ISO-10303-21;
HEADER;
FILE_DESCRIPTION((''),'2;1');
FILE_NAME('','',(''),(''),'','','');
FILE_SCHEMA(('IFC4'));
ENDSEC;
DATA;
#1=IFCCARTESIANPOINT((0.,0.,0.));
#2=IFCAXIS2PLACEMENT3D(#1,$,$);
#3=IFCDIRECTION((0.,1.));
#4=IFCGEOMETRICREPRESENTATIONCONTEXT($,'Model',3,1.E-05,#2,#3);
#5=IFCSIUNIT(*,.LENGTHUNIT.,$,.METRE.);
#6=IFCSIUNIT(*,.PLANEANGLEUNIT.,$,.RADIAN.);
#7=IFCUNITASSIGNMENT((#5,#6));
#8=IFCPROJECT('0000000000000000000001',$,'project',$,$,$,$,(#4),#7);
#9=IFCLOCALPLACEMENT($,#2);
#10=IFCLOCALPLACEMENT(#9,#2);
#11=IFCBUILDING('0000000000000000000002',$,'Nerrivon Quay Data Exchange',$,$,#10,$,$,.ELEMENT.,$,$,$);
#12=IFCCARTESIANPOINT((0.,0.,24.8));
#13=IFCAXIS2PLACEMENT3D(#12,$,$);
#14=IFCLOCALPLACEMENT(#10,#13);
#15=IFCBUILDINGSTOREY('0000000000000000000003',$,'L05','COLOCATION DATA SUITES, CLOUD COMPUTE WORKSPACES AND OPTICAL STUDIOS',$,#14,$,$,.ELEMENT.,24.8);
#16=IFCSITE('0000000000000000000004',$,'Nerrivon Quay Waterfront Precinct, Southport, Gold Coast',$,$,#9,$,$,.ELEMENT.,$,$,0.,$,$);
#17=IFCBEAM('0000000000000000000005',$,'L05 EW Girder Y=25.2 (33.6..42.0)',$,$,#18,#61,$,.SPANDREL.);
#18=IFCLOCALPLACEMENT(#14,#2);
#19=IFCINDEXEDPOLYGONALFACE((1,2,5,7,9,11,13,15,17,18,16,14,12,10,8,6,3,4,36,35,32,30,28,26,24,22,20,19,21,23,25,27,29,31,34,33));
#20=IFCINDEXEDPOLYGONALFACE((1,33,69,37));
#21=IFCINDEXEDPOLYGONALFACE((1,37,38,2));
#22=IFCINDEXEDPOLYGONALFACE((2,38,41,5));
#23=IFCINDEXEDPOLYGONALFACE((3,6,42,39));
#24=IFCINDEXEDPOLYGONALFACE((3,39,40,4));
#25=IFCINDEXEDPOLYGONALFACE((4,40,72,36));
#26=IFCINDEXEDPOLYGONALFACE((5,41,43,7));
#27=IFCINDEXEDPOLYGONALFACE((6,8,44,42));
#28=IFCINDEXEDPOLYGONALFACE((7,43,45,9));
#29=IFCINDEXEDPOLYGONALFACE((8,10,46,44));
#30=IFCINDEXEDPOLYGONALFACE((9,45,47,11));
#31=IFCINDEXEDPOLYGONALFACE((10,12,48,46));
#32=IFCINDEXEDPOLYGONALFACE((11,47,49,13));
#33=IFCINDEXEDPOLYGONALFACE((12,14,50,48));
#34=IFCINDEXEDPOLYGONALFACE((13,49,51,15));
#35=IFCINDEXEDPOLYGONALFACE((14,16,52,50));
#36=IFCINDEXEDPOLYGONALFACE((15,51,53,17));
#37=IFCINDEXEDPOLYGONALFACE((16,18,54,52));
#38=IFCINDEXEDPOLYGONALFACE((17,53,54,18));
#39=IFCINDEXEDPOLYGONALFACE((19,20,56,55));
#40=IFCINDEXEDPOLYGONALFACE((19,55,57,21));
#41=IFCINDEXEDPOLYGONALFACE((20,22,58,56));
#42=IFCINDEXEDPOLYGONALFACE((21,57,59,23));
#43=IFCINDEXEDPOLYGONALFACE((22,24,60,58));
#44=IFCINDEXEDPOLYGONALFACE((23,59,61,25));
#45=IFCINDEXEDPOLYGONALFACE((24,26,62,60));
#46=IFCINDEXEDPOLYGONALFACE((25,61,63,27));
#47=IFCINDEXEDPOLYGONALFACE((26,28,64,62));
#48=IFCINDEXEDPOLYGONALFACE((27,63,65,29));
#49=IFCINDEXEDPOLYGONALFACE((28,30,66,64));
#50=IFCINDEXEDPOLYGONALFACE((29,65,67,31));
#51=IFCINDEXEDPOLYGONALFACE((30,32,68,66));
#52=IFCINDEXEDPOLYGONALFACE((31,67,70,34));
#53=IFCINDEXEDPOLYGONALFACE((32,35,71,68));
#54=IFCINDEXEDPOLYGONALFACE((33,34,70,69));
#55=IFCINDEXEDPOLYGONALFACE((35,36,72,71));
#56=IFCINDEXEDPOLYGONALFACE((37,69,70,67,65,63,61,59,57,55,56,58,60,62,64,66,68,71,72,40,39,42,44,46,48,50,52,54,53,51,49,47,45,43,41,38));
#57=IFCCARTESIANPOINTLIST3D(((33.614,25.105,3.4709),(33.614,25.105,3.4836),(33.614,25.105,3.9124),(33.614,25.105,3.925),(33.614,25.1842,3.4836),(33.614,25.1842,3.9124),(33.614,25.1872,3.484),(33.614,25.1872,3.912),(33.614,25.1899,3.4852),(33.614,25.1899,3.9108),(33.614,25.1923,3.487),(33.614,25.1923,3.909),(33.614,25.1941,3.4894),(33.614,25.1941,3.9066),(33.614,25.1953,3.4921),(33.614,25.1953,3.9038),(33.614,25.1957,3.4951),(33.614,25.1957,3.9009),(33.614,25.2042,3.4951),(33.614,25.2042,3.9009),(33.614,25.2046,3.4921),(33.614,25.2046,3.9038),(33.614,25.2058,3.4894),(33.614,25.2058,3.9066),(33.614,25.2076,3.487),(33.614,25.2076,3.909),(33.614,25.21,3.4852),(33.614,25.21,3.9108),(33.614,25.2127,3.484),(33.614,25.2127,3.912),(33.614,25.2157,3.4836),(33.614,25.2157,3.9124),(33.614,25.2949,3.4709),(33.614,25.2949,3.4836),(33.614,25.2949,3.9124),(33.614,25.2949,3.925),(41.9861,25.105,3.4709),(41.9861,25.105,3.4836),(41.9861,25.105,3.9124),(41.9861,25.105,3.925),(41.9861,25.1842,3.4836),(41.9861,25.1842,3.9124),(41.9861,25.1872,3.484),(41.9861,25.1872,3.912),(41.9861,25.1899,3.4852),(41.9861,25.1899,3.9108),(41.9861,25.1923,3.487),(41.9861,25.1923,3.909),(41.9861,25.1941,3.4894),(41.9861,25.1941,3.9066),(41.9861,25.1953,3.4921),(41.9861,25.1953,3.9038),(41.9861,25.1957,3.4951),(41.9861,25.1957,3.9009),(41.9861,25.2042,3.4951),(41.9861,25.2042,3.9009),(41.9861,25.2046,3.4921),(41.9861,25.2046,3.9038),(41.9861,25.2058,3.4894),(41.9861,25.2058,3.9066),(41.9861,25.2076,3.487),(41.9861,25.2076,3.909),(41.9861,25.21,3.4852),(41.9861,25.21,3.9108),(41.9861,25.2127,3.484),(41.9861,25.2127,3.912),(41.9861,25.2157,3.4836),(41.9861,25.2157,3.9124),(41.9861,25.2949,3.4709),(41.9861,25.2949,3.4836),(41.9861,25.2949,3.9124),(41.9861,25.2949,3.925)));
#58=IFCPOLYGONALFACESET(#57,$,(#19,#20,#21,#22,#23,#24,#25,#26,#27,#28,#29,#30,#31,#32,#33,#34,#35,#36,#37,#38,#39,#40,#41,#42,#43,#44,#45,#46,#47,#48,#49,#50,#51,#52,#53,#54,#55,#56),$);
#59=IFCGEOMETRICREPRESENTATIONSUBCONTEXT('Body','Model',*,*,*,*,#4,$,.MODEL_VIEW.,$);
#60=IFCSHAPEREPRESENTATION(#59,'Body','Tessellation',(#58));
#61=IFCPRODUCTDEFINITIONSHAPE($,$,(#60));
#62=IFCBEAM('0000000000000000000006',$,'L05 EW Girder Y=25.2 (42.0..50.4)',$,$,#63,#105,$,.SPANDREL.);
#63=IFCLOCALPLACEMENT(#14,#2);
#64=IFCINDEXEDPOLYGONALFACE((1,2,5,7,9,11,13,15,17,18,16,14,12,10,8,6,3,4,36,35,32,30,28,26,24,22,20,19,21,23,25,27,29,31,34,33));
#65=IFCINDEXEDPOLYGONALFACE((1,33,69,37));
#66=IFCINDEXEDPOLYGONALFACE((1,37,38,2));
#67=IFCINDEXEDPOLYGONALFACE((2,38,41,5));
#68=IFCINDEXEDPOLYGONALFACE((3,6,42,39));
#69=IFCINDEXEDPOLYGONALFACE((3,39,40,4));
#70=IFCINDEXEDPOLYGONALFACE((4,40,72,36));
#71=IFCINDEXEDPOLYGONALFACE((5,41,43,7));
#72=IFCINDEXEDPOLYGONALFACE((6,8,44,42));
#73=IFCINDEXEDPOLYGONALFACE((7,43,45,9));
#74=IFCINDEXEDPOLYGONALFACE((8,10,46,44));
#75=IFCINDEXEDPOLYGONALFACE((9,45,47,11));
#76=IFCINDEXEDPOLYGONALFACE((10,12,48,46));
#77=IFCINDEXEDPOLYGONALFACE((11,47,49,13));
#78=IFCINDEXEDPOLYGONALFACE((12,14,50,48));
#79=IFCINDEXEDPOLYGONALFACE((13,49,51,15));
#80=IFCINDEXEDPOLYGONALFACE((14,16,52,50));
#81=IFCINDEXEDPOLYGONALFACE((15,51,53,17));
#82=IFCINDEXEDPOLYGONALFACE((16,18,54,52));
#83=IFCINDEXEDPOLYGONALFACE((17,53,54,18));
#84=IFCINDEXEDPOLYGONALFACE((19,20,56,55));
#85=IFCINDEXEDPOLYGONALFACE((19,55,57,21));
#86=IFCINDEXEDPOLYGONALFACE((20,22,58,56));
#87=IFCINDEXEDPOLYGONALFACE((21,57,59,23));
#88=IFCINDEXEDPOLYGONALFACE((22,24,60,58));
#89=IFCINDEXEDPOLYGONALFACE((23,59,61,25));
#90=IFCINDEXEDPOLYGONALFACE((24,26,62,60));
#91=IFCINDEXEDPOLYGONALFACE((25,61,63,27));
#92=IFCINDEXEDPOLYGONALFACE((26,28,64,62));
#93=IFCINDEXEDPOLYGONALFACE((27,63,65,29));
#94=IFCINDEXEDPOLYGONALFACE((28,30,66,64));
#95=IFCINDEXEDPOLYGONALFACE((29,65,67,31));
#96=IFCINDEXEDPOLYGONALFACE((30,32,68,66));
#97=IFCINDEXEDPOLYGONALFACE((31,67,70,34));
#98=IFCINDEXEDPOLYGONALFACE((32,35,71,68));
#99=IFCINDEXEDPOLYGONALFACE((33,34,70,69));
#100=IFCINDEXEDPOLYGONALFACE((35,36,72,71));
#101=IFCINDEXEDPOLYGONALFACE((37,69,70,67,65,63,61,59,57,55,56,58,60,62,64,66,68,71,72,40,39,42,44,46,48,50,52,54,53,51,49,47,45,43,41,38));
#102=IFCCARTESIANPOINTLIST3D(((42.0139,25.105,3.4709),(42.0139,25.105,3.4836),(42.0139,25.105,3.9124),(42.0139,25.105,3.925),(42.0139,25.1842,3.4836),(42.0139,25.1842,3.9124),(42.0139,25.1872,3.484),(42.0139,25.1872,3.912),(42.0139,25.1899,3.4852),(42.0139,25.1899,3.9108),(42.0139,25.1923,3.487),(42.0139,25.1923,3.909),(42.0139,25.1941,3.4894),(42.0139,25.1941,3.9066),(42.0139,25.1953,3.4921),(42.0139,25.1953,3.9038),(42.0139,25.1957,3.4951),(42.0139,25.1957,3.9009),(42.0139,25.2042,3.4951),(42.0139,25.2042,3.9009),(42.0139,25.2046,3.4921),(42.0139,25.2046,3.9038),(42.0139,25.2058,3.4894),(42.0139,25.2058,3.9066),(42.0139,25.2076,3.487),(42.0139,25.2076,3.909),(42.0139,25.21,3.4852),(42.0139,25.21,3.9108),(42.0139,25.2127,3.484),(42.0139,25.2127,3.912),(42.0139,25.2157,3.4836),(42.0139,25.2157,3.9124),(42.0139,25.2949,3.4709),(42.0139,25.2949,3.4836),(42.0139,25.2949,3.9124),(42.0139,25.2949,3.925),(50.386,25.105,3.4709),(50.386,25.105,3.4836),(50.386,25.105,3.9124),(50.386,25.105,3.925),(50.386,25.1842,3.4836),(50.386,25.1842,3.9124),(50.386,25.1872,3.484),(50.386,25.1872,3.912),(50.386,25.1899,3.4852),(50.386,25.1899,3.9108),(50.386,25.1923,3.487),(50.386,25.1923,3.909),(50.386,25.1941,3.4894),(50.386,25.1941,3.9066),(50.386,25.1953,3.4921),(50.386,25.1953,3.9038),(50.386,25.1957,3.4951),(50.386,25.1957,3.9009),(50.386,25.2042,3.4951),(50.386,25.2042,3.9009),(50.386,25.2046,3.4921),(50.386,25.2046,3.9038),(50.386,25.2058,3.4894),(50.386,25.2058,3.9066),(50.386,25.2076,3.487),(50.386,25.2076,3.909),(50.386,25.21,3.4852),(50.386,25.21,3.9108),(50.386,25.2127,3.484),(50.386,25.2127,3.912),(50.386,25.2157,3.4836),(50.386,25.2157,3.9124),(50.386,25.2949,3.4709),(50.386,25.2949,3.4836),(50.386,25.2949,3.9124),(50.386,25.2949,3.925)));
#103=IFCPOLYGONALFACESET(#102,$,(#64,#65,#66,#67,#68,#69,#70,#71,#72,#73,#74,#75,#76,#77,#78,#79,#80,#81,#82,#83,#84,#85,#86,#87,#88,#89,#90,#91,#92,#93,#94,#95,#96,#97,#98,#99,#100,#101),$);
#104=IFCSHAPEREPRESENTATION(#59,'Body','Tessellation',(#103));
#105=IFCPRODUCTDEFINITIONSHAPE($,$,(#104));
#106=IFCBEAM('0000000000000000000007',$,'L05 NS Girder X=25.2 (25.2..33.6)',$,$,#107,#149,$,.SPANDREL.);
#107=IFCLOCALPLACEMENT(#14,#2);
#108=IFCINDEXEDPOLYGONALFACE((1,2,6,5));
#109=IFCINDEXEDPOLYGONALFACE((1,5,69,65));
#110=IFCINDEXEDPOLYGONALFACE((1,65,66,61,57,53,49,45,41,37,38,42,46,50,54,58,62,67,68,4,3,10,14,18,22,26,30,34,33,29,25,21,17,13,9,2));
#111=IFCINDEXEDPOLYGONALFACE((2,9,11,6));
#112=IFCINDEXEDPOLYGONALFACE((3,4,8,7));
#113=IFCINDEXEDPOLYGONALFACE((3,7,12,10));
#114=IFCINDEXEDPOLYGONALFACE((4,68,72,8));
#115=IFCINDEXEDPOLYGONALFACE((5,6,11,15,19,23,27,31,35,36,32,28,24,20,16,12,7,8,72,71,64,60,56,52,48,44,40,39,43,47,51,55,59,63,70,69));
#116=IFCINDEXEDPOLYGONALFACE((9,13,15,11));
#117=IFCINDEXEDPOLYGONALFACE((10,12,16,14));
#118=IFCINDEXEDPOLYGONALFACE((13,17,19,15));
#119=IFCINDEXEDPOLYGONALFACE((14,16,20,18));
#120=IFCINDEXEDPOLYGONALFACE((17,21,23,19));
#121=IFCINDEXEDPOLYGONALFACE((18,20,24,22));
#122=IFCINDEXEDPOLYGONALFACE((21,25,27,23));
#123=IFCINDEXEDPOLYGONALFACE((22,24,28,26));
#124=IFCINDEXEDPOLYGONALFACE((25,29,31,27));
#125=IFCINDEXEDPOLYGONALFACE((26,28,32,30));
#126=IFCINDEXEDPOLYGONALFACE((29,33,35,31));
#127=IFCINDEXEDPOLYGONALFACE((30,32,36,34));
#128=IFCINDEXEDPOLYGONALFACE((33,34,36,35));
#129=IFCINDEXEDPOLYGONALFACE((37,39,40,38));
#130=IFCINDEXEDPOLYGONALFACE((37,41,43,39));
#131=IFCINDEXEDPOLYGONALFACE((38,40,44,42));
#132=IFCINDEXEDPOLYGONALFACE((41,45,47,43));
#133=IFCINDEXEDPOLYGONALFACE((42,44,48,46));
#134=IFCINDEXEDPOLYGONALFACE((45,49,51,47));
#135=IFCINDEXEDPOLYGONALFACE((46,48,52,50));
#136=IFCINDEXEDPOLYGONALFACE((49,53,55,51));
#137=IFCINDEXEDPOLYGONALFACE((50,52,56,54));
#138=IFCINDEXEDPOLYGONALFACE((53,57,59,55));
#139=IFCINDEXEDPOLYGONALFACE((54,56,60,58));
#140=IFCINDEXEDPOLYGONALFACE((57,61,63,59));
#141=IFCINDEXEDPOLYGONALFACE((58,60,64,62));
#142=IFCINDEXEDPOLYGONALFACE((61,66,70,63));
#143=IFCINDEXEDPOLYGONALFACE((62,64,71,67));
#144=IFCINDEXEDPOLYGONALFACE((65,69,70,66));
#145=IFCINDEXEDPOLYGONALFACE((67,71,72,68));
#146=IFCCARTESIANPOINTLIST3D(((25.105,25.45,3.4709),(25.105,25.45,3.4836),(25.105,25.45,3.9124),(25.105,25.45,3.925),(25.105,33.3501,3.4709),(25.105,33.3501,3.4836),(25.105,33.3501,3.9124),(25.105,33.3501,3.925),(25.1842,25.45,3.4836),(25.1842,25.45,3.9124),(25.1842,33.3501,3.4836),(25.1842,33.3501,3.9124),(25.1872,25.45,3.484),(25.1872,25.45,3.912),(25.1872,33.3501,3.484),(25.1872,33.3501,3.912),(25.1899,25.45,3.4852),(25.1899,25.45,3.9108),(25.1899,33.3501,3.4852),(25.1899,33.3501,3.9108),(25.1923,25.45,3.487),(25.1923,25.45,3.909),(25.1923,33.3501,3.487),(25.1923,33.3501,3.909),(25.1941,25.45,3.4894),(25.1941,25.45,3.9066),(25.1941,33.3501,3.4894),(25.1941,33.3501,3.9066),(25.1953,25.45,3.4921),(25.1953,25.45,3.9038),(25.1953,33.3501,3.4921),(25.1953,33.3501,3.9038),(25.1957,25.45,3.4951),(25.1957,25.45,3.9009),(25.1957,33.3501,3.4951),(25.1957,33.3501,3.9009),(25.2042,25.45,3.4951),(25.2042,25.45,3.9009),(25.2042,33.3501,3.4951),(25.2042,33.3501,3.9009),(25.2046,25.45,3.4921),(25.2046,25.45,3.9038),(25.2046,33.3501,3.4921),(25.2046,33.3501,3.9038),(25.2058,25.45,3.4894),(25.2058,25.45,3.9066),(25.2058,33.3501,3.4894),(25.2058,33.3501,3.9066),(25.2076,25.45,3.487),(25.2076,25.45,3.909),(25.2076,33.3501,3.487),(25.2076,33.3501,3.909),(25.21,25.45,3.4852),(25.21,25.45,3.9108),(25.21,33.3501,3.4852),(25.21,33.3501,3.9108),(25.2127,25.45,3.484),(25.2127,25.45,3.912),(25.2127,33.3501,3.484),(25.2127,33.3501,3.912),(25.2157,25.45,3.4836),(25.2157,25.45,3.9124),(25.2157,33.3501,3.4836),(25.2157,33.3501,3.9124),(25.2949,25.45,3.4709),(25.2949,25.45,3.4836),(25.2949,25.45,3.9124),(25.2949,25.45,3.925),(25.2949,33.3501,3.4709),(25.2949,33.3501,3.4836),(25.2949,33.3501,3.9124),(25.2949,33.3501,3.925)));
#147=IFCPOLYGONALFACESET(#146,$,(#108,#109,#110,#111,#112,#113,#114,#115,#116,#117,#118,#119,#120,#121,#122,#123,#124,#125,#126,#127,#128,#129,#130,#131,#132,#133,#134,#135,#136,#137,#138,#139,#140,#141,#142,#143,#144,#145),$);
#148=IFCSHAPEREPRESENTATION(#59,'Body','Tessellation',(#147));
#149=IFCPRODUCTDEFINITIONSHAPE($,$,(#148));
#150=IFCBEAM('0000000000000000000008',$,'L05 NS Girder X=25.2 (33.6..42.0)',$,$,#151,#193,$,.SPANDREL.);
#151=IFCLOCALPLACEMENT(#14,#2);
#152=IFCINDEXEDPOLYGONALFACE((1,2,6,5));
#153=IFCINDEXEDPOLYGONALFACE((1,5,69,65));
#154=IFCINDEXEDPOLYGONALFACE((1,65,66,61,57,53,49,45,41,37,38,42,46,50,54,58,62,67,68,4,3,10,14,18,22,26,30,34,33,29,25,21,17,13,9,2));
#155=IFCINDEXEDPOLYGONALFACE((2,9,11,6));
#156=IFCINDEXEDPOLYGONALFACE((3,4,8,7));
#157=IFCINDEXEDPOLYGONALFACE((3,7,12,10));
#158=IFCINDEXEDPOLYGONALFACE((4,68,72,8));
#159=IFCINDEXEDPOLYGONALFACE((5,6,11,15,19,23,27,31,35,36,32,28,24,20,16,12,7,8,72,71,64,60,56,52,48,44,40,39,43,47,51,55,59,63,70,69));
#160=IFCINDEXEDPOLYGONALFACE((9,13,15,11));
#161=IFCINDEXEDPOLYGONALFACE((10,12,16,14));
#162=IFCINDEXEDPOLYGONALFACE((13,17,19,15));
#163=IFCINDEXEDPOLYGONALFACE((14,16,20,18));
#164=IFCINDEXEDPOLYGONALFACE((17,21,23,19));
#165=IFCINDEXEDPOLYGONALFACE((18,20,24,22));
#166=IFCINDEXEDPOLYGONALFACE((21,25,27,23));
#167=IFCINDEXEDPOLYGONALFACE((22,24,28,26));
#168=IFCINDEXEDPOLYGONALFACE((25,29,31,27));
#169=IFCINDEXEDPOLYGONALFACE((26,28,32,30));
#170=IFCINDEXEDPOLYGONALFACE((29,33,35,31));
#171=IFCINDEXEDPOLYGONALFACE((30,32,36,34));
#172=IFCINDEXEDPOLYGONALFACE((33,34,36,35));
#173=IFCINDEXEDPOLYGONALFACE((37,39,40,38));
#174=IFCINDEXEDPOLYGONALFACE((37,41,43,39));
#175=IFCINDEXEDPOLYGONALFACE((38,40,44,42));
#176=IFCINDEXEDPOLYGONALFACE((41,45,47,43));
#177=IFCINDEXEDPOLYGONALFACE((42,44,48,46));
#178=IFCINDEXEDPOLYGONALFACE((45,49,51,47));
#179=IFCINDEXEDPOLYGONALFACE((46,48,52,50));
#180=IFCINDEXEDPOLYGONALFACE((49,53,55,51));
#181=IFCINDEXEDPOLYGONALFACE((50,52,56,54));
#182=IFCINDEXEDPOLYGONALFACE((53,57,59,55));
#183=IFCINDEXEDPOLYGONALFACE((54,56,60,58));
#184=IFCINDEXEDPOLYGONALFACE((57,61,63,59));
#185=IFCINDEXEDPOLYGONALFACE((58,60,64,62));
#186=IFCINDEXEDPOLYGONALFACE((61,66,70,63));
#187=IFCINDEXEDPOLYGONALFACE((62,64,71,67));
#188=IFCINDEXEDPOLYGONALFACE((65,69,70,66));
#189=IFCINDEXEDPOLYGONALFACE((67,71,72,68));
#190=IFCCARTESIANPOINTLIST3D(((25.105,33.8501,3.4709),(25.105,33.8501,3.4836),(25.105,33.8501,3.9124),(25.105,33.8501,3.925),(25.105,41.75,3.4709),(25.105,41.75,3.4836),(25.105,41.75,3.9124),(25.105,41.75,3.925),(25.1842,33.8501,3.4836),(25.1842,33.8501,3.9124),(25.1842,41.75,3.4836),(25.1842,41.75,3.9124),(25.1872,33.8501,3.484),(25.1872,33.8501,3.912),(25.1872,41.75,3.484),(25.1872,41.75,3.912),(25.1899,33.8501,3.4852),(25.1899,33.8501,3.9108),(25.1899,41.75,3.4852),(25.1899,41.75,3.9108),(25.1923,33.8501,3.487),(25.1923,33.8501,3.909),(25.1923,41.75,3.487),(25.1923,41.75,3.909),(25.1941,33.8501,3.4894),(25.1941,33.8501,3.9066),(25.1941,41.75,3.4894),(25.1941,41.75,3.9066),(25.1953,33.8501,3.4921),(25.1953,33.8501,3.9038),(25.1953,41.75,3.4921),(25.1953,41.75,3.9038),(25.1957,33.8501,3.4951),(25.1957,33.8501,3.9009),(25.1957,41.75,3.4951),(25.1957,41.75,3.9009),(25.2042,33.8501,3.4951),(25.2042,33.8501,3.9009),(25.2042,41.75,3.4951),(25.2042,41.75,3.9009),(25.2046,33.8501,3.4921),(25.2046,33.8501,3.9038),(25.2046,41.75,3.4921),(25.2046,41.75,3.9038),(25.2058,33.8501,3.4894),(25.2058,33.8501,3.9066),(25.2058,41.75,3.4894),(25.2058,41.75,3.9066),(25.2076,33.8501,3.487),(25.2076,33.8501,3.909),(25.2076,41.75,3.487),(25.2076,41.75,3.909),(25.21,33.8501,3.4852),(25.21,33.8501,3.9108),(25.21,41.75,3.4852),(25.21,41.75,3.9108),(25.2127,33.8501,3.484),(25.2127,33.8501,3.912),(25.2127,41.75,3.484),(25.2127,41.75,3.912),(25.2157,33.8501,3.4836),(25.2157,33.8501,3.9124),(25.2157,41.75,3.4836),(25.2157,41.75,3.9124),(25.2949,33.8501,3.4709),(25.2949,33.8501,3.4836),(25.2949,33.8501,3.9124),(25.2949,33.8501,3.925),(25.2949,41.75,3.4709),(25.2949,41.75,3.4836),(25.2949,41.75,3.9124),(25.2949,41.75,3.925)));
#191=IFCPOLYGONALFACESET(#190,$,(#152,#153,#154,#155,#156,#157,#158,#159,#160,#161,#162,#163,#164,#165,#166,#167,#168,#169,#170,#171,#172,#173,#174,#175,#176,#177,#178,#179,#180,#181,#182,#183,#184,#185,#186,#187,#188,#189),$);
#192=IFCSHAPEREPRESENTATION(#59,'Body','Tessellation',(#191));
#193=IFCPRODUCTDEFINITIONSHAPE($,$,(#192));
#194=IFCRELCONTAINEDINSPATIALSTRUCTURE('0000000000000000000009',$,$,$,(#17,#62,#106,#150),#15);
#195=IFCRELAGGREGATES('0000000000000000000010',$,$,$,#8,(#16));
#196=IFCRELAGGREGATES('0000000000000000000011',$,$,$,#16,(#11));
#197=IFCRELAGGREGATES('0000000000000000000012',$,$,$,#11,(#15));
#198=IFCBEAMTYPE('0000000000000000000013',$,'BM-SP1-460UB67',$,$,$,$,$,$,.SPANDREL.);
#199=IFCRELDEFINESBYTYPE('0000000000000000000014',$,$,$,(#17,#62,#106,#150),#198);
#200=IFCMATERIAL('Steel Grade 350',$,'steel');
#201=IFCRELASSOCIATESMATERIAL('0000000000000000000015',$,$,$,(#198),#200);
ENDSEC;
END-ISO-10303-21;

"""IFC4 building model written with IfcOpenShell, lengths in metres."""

from ifc_helpers import new_model, si_unit, direction, frame, origin, origin_2d, place, context, subcontext, project, spatial, i_section, extrude, material, material_profile, profile_set, type_object, element, save


model = new_model("IFC4")

# Units and contexts
model_context = context("Model", 3, precision=1e-05, world=origin(), true_north=direction((0.0, 1.0)))
body_context = subcontext(model_context, "Body", "Model", "MODEL_VIEW")
ifc_project = project(units=[si_unit("LENGTHUNIT", "METRE"), si_unit("PLANEANGLEUNIT", "RADIAN")], contexts=[model_context])

# Site, building, storey
site_placement = place(None, origin())
site = spatial("IfcSite", under=ifc_project, at=site_placement, Name="Nerrivon Quay Waterfront Precinct, Southport, Gold Coast", CompositionType="ELEMENT", RefElevation=0.0)
building_placement = place(site_placement, origin())
building = spatial("IfcBuilding", under=site, at=building_placement, Name="Nerrivon Quay Data Exchange", CompositionType="ELEMENT")
storey_placement = place(building_placement, frame((0.0, 0.0, 24.8)))
storey = spatial("IfcBuildingStorey", under=building, at=storey_placement, Name="L05", Description="COLOCATION DATA SUITES, CLOUD COMPUTE WORKSPACES AND OPTICAL STUDIOS", CompositionType="ELEMENT", Elevation=24.8)

# Shared definitions
ifc_material_1 = material(Name="Steel Grade 350", Category="steel")

# Beams
ifc_material_profile_1 = material_profile(ifc_material_1, i_section(OverallWidth=0.1899, OverallDepth=0.4541, WebThickness=0.0085, FlangeThickness=0.0127, FilletRadius=0.0115, at=origin_2d()), Name="460UB67.1")
ifc_profile_set_1 = profile_set([ifc_material_profile_1], Name="Steel Grade 350")
beam_type = type_object("IfcBeamType", Name="BM-SP1-460UB67", PredefinedType="SPANDREL", material=ifc_profile_set_1)
for number, where, z_axis, x_axis, name in (
    (1, (33.614, 25.2, 3.698), (1.0, 0.0, 0.0), (0.0, 1.0, 0.0), "L05 EW Girder Y=25.2 (33.6..42.0)"),
    (2, (42.0139, 25.2, 3.698), (1.0, 0.0, 0.0), (0.0, 1.0, 0.0), "L05 EW Girder Y=25.2 (42.0..50.4)"),
):
    element("IfcBeam", number, at=place(storey_placement, frame(where, z_axis=z_axis, x_axis=x_axis)), inside=storey, type_object=beam_type, Name=name, PredefinedType="SPANDREL", context=body_context, shape_type="SweptSolid", body=[
        extrude(i_section(OverallWidth=0.1899, OverallDepth=0.4541, WebThickness=0.0085, FlangeThickness=0.0127, FilletRadius=0.0115, at=origin_2d()), origin(), (0.0, 0.0, 1.0), 8.3721),
    ])
beam_1_placement = place(storey_placement, frame((25.2, 25.45, 3.698), z_axis=(0.0, 1.0, 0.0), x_axis=(-1.0, 0.0, 0.0)))
element("IfcBeam", 3, at=beam_1_placement, inside=storey, type_object=beam_type, Name="L05 NS Girder X=25.2 (25.2..33.6)", PredefinedType="SPANDREL", context=body_context, shape_type="SweptSolid", body=[
    extrude(i_section(OverallWidth=0.1899, OverallDepth=0.4541, WebThickness=0.0085, FlangeThickness=0.0127, FilletRadius=0.0115, at=origin_2d()), origin(), (0.0, 0.0, 1.0), 7.9001),
])
beam_2_placement = place(storey_placement, frame((25.2, 33.8501, 3.698), z_axis=(0.0, 1.0, 0.0), x_axis=(-1.0, 0.0, 0.0)))
element("IfcBeam", 4, at=beam_2_placement, inside=storey, type_object=beam_type, Name="L05 NS Girder X=25.2 (33.6..42.0)", PredefinedType="SPANDREL", context=body_context, shape_type="SweptSolid", body=[
    extrude(i_section(OverallWidth=0.1899, OverallDepth=0.4541, WebThickness=0.0085, FlangeThickness=0.0127, FilletRadius=0.0115, at=origin_2d()), origin(), (0.0, 0.0, 1.0), 7.8999),
])

save(model, "model.ifc")
